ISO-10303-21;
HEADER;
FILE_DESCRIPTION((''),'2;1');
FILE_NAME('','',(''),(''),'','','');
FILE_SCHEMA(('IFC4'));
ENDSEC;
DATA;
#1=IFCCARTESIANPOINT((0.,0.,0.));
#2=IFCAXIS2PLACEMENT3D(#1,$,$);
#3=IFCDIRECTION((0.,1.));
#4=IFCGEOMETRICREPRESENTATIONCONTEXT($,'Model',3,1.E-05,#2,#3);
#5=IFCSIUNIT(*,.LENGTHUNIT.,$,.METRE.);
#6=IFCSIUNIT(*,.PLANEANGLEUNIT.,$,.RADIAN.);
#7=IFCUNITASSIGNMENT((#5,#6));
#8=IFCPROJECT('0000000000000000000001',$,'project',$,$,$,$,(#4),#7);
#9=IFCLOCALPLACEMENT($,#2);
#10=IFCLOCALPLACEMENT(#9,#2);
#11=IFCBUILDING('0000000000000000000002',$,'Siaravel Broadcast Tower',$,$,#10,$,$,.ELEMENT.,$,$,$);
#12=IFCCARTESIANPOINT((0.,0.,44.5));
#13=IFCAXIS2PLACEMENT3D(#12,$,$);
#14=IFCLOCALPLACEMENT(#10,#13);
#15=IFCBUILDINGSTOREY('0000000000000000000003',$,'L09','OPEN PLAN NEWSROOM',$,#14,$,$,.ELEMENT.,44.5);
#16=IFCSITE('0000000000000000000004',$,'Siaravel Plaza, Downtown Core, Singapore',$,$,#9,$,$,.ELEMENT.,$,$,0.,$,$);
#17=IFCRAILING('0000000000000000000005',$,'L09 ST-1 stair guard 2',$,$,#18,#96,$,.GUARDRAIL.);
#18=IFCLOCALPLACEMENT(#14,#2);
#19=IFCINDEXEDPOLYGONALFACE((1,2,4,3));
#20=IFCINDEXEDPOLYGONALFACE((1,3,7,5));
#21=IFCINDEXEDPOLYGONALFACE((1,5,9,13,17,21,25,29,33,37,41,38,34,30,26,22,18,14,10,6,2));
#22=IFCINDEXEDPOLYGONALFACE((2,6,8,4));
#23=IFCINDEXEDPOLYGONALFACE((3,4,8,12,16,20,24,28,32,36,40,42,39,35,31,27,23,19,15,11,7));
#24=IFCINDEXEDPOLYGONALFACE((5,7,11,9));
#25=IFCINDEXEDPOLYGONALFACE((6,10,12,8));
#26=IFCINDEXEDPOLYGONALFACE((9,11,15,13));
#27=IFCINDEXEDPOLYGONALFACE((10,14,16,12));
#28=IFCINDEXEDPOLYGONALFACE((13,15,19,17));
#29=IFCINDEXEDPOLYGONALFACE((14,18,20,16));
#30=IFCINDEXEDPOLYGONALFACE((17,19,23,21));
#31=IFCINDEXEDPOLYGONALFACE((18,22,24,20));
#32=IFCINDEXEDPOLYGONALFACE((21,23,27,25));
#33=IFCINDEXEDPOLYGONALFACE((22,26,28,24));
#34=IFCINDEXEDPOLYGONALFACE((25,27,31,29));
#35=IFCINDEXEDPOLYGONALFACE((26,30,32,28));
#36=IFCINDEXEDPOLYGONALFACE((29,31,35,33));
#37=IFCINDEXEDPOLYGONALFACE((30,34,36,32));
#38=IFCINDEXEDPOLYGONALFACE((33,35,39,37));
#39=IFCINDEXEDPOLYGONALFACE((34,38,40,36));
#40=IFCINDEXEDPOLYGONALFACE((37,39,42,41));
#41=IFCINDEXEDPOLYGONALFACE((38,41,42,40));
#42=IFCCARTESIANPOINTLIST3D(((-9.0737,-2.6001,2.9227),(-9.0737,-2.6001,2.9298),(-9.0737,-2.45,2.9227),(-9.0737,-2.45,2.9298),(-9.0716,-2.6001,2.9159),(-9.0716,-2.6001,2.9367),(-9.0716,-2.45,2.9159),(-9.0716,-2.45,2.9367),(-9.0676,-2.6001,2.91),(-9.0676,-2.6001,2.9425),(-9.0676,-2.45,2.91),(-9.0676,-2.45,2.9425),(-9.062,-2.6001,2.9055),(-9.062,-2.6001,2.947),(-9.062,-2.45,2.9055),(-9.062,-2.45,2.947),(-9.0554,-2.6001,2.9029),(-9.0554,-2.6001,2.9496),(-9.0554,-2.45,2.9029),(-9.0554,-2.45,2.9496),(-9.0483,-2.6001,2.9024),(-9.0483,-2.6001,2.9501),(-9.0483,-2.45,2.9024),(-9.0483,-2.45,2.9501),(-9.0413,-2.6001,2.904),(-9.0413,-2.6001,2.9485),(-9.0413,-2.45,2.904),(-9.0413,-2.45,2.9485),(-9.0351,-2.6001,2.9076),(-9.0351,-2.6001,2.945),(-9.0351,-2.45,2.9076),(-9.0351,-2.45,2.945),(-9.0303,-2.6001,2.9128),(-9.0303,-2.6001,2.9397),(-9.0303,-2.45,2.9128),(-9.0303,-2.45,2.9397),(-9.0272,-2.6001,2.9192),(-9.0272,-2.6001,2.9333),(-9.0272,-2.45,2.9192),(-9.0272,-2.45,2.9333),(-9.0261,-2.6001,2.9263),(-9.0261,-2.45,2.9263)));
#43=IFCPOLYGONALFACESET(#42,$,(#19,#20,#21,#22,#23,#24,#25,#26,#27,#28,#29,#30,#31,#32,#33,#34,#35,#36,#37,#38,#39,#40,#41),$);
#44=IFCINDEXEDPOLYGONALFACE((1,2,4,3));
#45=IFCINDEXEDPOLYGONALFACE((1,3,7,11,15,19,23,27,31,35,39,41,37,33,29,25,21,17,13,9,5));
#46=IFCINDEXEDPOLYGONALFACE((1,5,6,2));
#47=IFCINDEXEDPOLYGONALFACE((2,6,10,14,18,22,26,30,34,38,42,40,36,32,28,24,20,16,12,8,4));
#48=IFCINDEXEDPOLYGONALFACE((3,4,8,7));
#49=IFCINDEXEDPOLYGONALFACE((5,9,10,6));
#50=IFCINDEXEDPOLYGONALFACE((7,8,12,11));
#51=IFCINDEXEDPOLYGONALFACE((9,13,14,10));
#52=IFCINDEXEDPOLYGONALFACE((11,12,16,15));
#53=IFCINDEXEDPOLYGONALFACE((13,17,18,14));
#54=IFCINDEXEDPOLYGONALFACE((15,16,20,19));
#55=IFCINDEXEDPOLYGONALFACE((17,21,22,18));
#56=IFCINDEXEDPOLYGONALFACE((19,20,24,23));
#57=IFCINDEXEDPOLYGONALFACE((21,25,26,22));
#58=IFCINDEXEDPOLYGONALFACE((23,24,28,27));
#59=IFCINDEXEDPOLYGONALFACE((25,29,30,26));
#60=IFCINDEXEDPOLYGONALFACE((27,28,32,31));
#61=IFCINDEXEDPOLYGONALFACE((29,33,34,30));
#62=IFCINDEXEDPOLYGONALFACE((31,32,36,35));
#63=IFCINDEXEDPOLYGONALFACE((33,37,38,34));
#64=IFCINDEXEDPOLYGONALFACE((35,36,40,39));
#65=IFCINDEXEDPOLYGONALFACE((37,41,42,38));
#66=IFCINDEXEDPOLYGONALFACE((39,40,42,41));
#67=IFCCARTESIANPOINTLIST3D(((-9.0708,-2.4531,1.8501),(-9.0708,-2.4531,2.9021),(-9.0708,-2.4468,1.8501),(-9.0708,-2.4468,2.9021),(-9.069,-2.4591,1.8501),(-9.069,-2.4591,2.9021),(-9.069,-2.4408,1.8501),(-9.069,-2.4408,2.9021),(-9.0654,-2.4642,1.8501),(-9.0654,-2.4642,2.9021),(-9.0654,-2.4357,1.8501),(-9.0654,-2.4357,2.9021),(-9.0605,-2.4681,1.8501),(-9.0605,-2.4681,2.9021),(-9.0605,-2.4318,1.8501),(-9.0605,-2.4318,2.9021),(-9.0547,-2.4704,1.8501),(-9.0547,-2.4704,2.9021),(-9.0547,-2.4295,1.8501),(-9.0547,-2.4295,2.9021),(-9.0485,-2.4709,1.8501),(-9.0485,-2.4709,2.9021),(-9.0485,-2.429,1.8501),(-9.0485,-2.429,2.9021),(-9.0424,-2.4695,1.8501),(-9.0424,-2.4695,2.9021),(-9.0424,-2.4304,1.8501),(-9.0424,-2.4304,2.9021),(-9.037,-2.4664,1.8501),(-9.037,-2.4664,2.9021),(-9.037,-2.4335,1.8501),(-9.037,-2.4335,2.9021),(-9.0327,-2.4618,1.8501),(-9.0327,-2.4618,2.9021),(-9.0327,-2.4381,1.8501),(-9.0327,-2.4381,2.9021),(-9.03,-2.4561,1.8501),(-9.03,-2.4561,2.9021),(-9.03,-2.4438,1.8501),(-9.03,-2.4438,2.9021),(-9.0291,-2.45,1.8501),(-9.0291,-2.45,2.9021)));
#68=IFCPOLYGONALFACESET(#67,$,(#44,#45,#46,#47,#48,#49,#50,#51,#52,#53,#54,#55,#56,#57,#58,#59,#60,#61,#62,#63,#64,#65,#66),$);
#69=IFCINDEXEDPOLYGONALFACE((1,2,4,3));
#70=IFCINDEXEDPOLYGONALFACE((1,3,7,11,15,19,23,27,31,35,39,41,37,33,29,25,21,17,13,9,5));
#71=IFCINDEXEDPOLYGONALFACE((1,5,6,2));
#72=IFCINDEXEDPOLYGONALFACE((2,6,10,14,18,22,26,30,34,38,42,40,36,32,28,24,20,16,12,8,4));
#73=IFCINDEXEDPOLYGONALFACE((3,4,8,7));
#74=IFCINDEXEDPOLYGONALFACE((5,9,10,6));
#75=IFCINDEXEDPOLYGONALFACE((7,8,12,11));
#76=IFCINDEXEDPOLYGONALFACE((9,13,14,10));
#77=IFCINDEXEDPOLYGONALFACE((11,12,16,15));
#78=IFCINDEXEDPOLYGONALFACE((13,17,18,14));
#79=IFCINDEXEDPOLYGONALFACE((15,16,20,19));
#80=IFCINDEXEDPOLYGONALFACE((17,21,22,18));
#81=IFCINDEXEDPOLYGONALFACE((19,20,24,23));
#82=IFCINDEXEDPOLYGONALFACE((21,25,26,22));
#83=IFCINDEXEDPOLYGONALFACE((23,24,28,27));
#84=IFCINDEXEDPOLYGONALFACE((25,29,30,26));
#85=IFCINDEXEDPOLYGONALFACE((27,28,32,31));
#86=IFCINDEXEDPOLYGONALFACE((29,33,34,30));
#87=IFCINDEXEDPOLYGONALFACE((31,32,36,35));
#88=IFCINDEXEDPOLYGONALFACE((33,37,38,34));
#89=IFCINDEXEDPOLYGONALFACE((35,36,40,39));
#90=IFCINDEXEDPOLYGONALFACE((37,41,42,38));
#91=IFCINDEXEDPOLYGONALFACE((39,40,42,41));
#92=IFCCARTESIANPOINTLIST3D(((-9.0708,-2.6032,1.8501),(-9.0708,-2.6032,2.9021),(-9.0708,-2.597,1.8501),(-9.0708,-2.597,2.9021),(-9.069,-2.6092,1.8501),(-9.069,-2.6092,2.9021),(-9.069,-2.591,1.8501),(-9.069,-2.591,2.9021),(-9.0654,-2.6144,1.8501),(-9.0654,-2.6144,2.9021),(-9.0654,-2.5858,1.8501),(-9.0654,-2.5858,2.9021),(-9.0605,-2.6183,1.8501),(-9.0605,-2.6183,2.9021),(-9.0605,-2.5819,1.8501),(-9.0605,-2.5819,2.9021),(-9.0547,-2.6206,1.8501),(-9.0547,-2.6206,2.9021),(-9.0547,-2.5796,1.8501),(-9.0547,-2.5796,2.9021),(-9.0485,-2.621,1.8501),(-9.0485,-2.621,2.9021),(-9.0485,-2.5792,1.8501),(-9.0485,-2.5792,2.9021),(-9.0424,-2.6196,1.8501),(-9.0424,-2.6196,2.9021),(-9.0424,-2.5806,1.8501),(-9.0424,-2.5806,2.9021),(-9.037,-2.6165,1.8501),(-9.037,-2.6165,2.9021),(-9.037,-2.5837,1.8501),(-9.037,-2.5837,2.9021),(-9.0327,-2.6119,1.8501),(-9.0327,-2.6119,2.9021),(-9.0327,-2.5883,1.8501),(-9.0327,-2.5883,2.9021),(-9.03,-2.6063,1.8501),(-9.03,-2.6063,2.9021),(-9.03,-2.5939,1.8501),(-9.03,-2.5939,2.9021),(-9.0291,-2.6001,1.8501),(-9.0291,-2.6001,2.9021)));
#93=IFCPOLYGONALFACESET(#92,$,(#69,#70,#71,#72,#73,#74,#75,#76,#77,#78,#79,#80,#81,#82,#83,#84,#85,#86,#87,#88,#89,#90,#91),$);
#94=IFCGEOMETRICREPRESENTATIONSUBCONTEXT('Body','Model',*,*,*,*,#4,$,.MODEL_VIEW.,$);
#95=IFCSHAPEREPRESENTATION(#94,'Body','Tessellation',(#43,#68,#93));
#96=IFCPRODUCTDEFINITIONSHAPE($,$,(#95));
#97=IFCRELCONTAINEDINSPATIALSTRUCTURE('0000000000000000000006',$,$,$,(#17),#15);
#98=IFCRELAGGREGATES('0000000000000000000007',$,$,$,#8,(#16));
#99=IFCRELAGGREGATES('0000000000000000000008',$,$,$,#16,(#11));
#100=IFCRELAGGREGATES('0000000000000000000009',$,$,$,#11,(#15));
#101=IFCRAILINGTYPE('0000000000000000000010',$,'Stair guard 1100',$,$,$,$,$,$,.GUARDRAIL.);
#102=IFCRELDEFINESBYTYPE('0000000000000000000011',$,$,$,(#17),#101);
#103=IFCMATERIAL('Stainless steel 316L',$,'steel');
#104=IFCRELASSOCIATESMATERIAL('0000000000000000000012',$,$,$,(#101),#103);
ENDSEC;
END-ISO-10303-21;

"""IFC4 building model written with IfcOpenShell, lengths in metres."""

from ifc_helpers import new_model, si_unit, direction, frame, origin, origin_2d, place, context, subcontext, project, spatial, circle, extrude, material, type_object, element, save


model = new_model("IFC4")

# Units and contexts
model_context = context("Model", 3, precision=1e-05, world=origin(), true_north=direction((0.0, 1.0)))
body_context = subcontext(model_context, "Body", "Model", "MODEL_VIEW")
ifc_project = project(units=[si_unit("LENGTHUNIT", "METRE"), si_unit("PLANEANGLEUNIT", "RADIAN")], contexts=[model_context])

# Site, building, storey
site_placement = place(None, origin())
site = spatial("IfcSite", under=ifc_project, at=site_placement, Name="Siaravel Plaza, Downtown Core, Singapore", CompositionType="ELEMENT", RefElevation=0.0)
building_placement = place(site_placement, origin())
building = spatial("IfcBuilding", under=site, at=building_placement, Name="Siaravel Broadcast Tower", CompositionType="ELEMENT")
storey_placement = place(building_placement, frame((0.0, 0.0, 44.5)))
storey = spatial("IfcBuildingStorey", under=building, at=storey_placement, Name="L09", Description="OPEN PLAN NEWSROOM", CompositionType="ELEMENT", Elevation=44.5)

# Railing
ifc_material_1 = material(Name="Stainless steel 316L", Category="steel")
railing_type_1 = type_object("IfcRailingType", Name="Stair guard 1100", PredefinedType="GUARDRAIL", material=ifc_material_1)
railing_1_placement = place(storey_placement, frame((-9.05, -2.45, 1.8501)))
element("IfcRailing", 1, at=railing_1_placement, inside=storey, type_object=railing_type_1, Name="L09 ST-1 stair guard 2", PredefinedType="GUARDRAIL", context=body_context, shape_type="SweptSolid", body=[
    extrude(circle(Radius=0.0239, at=origin_2d()), frame((0.0, 0.0, 1.0762), z_axis=(0.0, -1.0, 0.0), x_axis=(1.0, 0.0, 0.0)), (0.0, 0.0, 1.0), 0.1501),
    extrude(circle(Radius=0.021, at=origin_2d()), origin(), (0.0, 0.0, 1.0), 1.052),
    extrude(circle(Radius=0.021, at=origin_2d()), frame((0.0, -0.1501, 0.0)), (0.0, 0.0, 1.0), 1.052),
])

save(model, "model.ifc")
